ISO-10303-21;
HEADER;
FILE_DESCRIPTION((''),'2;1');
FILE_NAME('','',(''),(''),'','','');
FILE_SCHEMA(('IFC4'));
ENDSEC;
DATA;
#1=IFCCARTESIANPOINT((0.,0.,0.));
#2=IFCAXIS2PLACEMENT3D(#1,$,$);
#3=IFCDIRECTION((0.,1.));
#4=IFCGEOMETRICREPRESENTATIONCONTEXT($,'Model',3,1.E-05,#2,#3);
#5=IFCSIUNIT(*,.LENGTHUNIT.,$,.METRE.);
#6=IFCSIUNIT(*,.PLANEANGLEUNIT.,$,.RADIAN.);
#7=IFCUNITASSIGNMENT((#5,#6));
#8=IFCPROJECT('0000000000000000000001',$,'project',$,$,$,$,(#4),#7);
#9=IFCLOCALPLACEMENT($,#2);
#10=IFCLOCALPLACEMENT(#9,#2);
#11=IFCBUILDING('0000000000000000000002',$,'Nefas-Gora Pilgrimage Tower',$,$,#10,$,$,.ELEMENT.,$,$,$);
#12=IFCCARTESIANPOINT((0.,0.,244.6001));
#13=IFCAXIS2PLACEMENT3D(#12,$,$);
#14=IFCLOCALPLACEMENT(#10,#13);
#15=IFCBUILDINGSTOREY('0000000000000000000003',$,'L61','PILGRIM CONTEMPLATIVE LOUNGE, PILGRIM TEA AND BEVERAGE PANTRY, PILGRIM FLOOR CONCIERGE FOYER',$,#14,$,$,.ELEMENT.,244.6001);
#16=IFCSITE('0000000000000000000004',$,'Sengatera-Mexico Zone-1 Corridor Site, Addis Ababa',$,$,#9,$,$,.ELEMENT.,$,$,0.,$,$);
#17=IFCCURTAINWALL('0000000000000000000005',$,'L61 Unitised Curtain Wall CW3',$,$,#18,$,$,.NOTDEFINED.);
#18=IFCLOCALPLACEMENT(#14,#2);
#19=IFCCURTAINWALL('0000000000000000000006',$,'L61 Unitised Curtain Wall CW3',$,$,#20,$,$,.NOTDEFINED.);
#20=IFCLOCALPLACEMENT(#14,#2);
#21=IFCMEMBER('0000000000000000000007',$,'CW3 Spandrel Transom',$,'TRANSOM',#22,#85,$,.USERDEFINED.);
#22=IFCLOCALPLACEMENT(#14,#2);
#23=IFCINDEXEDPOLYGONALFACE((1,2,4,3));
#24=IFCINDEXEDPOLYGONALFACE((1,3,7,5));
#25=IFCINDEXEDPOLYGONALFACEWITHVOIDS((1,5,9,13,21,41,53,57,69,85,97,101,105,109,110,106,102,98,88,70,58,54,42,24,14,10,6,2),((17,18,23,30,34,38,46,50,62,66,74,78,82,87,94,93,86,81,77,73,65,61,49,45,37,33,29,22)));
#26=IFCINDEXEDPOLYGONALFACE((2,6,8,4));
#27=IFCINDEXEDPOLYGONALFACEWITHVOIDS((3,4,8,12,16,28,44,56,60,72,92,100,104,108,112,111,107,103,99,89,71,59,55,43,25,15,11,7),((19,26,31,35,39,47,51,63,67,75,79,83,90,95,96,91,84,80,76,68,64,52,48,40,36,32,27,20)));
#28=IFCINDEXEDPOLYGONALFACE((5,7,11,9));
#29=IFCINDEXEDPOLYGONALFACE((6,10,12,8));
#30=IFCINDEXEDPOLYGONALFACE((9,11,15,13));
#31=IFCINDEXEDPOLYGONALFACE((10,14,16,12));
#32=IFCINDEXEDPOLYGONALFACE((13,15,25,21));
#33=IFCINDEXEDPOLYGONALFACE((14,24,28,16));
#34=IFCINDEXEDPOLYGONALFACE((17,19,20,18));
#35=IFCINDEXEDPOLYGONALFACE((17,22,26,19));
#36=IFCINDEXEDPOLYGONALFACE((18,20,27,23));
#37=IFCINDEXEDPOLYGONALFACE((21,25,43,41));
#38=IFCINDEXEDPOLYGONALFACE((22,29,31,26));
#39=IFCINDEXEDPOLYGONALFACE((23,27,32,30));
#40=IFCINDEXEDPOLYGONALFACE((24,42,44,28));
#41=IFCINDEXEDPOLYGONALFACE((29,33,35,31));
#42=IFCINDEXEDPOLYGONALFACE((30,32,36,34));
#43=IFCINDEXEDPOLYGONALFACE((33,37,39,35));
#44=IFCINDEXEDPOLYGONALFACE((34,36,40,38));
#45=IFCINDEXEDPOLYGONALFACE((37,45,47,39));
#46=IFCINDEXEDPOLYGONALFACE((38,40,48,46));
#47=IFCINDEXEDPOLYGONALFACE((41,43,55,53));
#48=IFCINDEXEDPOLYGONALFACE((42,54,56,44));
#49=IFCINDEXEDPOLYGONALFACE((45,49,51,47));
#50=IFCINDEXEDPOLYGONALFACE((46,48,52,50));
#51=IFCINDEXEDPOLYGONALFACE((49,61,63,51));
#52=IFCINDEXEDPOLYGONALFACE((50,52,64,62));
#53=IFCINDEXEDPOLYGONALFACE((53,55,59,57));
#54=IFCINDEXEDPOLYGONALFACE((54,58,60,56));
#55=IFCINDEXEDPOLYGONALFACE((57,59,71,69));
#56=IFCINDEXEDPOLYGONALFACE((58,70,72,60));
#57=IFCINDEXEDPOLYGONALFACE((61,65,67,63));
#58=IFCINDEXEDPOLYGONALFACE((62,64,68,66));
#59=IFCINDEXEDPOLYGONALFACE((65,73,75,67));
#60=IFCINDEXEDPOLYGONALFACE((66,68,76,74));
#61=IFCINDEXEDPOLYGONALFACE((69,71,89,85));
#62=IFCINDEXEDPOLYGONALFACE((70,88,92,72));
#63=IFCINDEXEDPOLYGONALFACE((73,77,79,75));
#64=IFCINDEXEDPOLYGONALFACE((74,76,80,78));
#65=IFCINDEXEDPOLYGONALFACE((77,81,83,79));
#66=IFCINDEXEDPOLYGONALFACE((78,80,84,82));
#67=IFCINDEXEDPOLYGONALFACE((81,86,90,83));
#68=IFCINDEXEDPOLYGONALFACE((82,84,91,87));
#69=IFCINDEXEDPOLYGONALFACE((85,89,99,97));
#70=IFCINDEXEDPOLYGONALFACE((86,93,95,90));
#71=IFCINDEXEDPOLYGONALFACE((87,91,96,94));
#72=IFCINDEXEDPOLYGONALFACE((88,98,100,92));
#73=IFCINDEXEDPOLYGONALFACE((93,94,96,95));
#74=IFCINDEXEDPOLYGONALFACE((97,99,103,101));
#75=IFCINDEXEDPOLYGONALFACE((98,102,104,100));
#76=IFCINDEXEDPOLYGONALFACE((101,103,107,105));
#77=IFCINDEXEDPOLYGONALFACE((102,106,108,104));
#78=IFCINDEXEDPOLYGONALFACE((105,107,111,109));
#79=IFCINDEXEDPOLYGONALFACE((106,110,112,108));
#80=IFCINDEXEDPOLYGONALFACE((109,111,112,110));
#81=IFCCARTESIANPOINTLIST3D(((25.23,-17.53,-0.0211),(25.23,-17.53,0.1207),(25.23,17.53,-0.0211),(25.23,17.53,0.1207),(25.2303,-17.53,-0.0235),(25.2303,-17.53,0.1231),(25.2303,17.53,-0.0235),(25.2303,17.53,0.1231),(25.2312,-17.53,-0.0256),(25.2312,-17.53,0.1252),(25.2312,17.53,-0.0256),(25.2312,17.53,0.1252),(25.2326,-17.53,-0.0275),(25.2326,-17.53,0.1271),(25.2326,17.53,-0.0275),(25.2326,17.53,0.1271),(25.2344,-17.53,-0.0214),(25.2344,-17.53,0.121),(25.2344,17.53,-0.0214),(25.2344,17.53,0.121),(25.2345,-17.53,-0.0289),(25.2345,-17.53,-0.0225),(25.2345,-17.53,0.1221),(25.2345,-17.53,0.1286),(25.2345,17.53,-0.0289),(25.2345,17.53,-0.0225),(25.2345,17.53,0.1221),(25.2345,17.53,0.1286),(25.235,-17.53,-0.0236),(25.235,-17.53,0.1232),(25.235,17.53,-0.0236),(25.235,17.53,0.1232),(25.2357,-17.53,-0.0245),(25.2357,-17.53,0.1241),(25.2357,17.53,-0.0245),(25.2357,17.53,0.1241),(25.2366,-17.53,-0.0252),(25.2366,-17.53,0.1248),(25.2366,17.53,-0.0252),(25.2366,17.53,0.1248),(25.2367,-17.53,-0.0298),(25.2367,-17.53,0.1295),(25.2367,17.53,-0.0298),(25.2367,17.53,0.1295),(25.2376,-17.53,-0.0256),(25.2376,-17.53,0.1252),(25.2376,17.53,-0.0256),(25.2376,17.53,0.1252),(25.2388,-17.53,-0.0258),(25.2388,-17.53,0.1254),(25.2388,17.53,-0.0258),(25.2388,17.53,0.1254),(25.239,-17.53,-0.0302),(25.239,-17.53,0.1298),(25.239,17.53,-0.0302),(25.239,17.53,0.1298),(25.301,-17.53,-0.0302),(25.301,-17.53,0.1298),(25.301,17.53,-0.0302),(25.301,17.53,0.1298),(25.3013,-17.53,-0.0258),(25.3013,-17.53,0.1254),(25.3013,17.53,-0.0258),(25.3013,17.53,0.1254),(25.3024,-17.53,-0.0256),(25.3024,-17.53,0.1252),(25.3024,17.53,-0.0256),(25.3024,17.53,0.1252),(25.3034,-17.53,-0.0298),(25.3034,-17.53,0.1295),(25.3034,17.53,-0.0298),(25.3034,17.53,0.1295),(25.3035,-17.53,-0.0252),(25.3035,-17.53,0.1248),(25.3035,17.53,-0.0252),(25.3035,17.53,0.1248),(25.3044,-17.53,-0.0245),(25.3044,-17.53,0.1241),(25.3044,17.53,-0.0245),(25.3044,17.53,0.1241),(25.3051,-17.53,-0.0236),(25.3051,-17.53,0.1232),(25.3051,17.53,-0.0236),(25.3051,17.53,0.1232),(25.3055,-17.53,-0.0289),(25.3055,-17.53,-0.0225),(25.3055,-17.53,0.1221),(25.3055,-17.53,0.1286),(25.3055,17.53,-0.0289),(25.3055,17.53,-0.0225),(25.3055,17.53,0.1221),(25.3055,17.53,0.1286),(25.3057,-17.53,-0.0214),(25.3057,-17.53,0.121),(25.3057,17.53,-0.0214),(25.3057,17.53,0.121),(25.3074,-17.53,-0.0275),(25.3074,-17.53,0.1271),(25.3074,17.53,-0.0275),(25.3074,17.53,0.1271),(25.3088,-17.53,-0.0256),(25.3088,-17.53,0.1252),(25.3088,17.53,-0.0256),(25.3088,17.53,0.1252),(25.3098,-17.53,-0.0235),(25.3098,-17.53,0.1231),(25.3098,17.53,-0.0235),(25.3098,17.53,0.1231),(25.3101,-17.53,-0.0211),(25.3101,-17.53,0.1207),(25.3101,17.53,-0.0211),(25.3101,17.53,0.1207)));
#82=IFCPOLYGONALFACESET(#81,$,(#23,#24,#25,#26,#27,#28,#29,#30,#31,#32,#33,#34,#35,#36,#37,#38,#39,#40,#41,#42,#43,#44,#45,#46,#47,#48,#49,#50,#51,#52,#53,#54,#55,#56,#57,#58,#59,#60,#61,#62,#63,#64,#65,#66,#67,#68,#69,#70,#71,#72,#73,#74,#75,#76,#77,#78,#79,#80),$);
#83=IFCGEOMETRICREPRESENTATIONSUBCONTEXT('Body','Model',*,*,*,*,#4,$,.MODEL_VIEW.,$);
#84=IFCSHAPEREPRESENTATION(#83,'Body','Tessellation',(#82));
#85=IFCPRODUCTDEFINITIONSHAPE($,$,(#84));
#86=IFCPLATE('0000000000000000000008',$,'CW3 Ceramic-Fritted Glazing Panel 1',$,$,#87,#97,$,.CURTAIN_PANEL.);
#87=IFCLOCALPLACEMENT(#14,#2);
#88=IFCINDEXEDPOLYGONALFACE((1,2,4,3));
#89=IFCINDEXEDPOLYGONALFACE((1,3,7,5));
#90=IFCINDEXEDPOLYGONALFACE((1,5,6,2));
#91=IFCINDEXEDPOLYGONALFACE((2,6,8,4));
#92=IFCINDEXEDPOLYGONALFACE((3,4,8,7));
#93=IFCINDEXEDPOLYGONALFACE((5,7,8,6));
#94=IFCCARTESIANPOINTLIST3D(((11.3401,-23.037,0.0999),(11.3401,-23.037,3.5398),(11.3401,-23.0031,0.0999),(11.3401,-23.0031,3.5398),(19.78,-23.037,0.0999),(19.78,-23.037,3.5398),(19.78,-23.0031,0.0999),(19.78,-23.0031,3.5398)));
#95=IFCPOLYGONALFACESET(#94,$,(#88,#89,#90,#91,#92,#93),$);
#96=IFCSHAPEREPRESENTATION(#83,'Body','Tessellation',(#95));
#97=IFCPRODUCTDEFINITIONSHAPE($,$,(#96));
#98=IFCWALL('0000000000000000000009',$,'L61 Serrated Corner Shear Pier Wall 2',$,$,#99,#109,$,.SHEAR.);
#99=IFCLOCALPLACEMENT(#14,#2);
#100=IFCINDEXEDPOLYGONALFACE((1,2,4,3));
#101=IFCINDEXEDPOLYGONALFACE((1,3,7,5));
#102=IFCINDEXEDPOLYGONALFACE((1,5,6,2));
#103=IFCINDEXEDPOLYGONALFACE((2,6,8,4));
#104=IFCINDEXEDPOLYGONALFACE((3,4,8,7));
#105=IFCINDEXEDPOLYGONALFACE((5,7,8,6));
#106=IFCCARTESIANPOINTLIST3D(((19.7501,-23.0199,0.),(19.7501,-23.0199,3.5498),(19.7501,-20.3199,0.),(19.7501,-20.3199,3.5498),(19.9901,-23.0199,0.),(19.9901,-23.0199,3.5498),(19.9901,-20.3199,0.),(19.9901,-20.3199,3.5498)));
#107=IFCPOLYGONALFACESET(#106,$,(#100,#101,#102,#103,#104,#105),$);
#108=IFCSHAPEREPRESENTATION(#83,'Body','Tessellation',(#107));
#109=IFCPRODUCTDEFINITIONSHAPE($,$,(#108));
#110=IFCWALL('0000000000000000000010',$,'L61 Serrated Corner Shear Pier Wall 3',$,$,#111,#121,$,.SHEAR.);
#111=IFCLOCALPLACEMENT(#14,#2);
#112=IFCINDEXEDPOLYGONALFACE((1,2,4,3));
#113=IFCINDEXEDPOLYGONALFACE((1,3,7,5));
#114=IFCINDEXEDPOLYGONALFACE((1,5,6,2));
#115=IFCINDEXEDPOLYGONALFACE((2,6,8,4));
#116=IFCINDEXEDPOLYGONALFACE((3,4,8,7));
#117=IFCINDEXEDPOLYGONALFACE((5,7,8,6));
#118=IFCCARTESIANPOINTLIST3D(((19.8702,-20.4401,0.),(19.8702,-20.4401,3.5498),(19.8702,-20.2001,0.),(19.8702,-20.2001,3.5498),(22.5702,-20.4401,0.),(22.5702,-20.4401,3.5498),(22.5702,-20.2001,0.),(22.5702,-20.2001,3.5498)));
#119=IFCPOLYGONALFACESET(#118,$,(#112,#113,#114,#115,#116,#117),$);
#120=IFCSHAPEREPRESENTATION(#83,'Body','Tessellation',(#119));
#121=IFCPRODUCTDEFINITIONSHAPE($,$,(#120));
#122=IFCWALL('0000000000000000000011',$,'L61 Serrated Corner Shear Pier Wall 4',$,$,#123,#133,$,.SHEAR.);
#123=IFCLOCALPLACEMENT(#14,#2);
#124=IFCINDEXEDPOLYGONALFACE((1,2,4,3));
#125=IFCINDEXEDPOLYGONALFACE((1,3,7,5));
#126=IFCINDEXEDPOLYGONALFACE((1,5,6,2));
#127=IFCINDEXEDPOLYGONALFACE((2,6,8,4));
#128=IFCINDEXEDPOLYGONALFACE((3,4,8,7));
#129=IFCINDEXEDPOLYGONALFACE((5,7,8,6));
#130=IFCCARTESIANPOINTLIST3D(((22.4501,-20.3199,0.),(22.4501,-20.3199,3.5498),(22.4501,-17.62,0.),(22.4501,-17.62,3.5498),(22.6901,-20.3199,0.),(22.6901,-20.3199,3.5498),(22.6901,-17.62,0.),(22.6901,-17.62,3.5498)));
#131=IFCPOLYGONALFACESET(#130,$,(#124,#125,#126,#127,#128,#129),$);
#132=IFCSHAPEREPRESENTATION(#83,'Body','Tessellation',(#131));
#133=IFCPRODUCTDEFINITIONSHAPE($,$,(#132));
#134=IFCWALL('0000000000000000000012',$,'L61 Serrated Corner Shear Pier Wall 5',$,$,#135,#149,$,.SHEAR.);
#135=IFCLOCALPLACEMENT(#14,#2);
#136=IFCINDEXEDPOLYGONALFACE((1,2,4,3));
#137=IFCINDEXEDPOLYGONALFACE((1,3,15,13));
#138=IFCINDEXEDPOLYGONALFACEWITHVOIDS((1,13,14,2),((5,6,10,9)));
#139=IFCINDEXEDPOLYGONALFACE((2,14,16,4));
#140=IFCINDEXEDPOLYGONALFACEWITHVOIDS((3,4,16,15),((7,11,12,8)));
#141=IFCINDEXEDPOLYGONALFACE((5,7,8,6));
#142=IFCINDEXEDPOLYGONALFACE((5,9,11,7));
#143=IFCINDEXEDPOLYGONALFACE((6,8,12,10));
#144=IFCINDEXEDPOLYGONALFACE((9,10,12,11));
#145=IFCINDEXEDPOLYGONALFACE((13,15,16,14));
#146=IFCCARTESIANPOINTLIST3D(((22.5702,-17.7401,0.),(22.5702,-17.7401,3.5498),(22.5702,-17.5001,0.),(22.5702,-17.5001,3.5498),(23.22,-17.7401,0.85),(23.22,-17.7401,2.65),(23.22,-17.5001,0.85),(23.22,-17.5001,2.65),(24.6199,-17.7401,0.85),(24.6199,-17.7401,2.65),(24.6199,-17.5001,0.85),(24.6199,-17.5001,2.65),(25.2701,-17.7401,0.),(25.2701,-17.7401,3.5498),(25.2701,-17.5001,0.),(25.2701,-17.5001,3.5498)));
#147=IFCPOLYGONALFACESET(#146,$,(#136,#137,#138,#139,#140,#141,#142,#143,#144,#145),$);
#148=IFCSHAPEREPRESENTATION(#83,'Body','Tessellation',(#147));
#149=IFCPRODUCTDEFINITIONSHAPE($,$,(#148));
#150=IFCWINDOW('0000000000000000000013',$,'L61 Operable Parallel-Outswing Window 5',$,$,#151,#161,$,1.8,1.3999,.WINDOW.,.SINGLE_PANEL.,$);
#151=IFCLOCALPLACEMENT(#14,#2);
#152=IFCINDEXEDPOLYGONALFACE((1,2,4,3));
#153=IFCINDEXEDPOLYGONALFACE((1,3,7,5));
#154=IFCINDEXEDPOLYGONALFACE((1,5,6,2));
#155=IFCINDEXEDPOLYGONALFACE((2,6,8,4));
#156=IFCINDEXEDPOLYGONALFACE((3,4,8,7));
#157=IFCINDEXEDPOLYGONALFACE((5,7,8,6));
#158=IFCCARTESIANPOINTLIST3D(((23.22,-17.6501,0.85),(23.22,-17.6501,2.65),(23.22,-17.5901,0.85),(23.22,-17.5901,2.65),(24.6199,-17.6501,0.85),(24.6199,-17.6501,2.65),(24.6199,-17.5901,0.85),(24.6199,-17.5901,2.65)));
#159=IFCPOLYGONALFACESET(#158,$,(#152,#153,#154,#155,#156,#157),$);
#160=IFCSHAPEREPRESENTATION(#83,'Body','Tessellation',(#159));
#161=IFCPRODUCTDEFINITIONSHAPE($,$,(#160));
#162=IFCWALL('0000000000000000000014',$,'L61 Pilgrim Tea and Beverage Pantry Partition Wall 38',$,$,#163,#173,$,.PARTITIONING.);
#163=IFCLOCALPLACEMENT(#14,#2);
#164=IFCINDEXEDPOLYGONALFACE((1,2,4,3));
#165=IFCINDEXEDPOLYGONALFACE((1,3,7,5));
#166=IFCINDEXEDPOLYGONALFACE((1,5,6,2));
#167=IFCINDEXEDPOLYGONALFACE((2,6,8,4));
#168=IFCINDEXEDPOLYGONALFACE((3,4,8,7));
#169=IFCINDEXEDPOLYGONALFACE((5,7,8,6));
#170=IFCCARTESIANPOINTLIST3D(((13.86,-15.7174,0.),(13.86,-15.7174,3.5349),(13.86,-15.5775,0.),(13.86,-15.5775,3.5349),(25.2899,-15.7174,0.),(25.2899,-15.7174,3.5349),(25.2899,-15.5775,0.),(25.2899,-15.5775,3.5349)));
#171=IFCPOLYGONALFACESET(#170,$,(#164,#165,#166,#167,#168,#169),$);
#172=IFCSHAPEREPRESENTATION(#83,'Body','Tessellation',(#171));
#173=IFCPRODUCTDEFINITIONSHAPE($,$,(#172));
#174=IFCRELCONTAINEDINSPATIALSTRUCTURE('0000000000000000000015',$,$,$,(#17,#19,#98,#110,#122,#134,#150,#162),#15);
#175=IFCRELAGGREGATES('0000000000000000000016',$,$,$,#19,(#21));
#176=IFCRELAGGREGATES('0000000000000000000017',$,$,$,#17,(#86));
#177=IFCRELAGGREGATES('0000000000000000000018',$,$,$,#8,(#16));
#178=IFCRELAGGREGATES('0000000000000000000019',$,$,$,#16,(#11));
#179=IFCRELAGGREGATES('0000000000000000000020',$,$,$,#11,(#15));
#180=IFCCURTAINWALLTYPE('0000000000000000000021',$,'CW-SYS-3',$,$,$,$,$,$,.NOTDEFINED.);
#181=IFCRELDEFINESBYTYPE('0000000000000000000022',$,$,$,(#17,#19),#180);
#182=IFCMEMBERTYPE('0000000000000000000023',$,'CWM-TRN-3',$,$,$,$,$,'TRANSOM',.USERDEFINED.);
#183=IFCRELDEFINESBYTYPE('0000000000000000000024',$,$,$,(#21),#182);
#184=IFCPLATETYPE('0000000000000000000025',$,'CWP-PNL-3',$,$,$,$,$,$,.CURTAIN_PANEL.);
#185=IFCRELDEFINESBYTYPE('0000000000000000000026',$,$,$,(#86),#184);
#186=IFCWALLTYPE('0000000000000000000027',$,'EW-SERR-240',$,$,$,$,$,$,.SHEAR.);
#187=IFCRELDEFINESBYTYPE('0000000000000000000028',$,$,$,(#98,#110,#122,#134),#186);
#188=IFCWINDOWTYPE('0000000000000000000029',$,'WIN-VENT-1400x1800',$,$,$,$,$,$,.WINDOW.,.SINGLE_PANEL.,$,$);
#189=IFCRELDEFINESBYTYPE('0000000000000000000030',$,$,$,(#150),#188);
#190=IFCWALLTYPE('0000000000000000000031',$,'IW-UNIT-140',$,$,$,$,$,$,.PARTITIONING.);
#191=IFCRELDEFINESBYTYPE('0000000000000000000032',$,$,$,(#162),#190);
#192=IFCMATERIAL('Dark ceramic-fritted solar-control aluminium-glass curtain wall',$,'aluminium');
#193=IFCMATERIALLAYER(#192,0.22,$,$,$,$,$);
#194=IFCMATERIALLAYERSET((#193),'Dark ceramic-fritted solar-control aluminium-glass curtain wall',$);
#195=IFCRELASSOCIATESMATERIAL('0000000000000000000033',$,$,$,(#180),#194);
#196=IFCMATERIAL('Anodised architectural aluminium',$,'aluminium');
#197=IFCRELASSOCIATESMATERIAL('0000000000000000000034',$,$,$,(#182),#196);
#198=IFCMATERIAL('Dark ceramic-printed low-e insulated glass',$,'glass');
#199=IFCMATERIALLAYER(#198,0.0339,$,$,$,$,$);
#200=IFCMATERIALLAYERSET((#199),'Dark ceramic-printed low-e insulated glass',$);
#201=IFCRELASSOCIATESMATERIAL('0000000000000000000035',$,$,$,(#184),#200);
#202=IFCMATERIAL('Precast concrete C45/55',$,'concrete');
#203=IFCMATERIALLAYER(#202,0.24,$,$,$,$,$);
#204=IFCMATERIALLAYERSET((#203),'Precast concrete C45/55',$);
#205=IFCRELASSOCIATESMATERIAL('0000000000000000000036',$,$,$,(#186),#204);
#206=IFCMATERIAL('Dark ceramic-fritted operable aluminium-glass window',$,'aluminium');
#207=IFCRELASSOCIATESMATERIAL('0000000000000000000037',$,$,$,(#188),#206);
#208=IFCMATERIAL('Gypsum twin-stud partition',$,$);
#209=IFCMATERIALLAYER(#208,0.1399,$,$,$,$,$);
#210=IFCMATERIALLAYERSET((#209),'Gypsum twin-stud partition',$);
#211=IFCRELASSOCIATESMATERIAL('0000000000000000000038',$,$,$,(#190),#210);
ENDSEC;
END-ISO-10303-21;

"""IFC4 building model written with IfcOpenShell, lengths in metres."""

from ifc_helpers import new_model, si_unit, direction, frame, frame_2d, origin, origin_2d, place, context, subcontext, project, spatial, rectangle, hollow_rectangle, extrude, source, transform, mapped, material, layer, layer_set, material_profile, profile_set, type_object, element, fill, aggregate, save


model = new_model("IFC4")

# Units and contexts
model_context = context("Model", 3, precision=1e-05, world=origin(), true_north=direction((0.0, 1.0)))
body_context = subcontext(model_context, "Body", "Model", "MODEL_VIEW")
ifc_project = project(units=[si_unit("LENGTHUNIT", "METRE"), si_unit("PLANEANGLEUNIT", "RADIAN")], contexts=[model_context])

# Site, building, storey
site_placement = place(None, origin())
site = spatial("IfcSite", under=ifc_project, at=site_placement, Name="Sengatera-Mexico Zone-1 Corridor Site, Addis Ababa", CompositionType="ELEMENT", RefElevation=0.0)
building_placement = place(site_placement, origin())
building = spatial("IfcBuilding", under=site, at=building_placement, Name="Nefas-Gora Pilgrimage Tower", CompositionType="ELEMENT")
storey_placement = place(building_placement, frame((0.0, 0.0, 244.6001)))
storey = spatial("IfcBuildingStorey", under=building, at=storey_placement, Name="L61", Description="PILGRIM CONTEMPLATIVE LOUNGE, PILGRIM TEA AND BEVERAGE PANTRY, PILGRIM FLOOR CONCIERGE FOYER", CompositionType="ELEMENT", Elevation=244.6001)

# Curtain walls, member
ifc_material_1 = material(Name="Dark ceramic-fritted solar-control aluminium-glass curtain wall", Category="aluminium")
ifc_layer_1 = layer(ifc_material_1, 0.22)
ifc_layer_set_1 = layer_set([ifc_layer_1], Name="Dark ceramic-fritted solar-control aluminium-glass curtain wall")
curtain_wall_type = type_object("IfcCurtainWallType", Name="CW-SYS-3", PredefinedType="NOTDEFINED", material=ifc_layer_set_1)
curtain_wall_1_placement = place(storey_placement, origin())
curtain_wall_1 = element("IfcCurtainWall", 1, at=curtain_wall_1_placement, inside=storey, type_object=curtain_wall_type, Name="L61 Unitised Curtain Wall CW3", PredefinedType="NOTDEFINED")
ifc_material_2 = material(Name="Anodised architectural aluminium", Category="aluminium")
ifc_material_profile_1 = material_profile(ifc_material_2, hollow_rectangle(XDim=0.0801, YDim=0.1599, WallThickness=0.0044, InnerFilletRadius=0.0044, OuterFilletRadius=0.009, at=origin_2d()), Name="ALU TRANSOM 80x160")
ifc_profile_set_1 = profile_set([ifc_material_profile_1], Name="Anodised architectural aluminium")
member_type_1 = type_object("IfcMemberType", Name="CWM-TRN-3", ElementType="TRANSOM", PredefinedType="USERDEFINED", material=ifc_profile_set_1)
curtain_wall_2_placement = place(storey_placement, origin())
curtain_wall_2 = element("IfcCurtainWall", 2, at=curtain_wall_2_placement, inside=storey, type_object=curtain_wall_type, Name="L61 Unitised Curtain Wall CW3", PredefinedType="NOTDEFINED")
shared_shape_1 = source(origin(), body_context, "Body", "SweptSolid", [
    extrude(hollow_rectangle(XDim=0.0801, YDim=0.1599, WallThickness=0.0044, InnerFilletRadius=0.0044, OuterFilletRadius=0.009, at=origin_2d()), origin(), (0.0, 0.0, 1.0), 35.0601),
])
member_1_placement = place(storey_placement, frame((25.27, -17.53, 0.0498), z_axis=(0.0, 1.0, 0.0), x_axis=(-1.0, 0.0, 0.0)))
member_1 = element("IfcMember", 3, at=member_1_placement, type_object=member_type_1, Name="CW3 Spandrel Transom", ObjectType="TRANSOM", PredefinedType="USERDEFINED", context=body_context, shape_type="MappedRepresentation", body=[
    mapped(shared_shape_1, transform((0.0, 0.0, 0.0), x_axis=(1.0, 0.0, 0.0), y_axis=(0.0, 1.0, 0.0), z_axis=(0.0, 0.0, 1.0), scale=1.0)),
])
aggregate(curtain_wall_2, [member_1])

# Plate
ifc_material_3 = material(Name="Dark ceramic-printed low-e insulated glass", Category="glass")
ifc_layer_2 = layer(ifc_material_3, 0.0339)
ifc_layer_set_2 = layer_set([ifc_layer_2], Name="Dark ceramic-printed low-e insulated glass")
plate_type = type_object("IfcPlateType", Name="CWP-PNL-3", PredefinedType="CURTAIN_PANEL", material=ifc_layer_set_2)
shared_shape_2 = source(origin(), body_context, "Body", "SweptSolid", [
    extrude(rectangle(XDim=8.4399, YDim=0.0339, at=origin_2d()), origin(), (0.0, 0.0, 1.0), 3.4399),
])
plate_placement = place(storey_placement, frame((15.5601, -23.02, 0.0999), z_axis=(0.0, 0.0, 1.0), x_axis=(1.0, 0.0, 0.0)))
plate = element("IfcPlate", 4, at=plate_placement, type_object=plate_type, Name="CW3 Ceramic-Fritted Glazing Panel 1", PredefinedType="CURTAIN_PANEL", context=body_context, shape_type="MappedRepresentation", body=[
    mapped(shared_shape_2, transform((0.0, 0.0, 0.0), x_axis=(1.0, 0.0, 0.0), y_axis=(0.0, 1.0, 0.0), z_axis=(0.0, 0.0, 1.0), scale=1.0)),
])
aggregate(curtain_wall_1, [plate])

# Walls
ifc_material_4 = material(Name="Precast concrete C45/55", Category="concrete")
ifc_layer_3 = layer(ifc_material_4, 0.24)
ifc_layer_set_3 = layer_set([ifc_layer_3], Name="Precast concrete C45/55")
wall_type_1 = type_object("IfcWallType", Name="EW-SERR-240", PredefinedType="SHEAR", material=ifc_layer_set_3)
shared_shape_3 = source(origin(), body_context, "Body", "SweptSolid", [
    extrude(rectangle(XDim=2.7, YDim=0.24, at=frame_2d((1.3501, 0.0))), origin(), (0.0, 0.0, 1.0), 3.5498),
])
for number, where, z_axis, x_axis, name in (
    (5, (19.8701, -23.02, 0.0), (0.0, 0.0, 1.0), (0.0, 1.0, 0.0), "L61 Serrated Corner Shear Pier Wall 2"),
    (6, (19.8701, -20.3201, 0.0), (0.0, 0.0, 1.0), (1.0, 0.0, 0.0), "L61 Serrated Corner Shear Pier Wall 3"),
    (7, (22.5701, -20.3201, 0.0), (0.0, 0.0, 1.0), (0.0, 1.0, 0.0), "L61 Serrated Corner Shear Pier Wall 4"),
):
    element("IfcWall", number, at=place(storey_placement, frame(where, z_axis=z_axis, x_axis=x_axis)), inside=storey, type_object=wall_type_1, Name=name, PredefinedType="SHEAR", context=body_context, shape_type="MappedRepresentation", body=[
        mapped(shared_shape_3, transform((0.0, 0.0, 0.0), x_axis=(1.0, 0.0, 0.0), y_axis=(0.0, 1.0, 0.0), z_axis=(0.0, 0.0, 1.0), scale=1.0)),
    ])

# Wall, opening, window
wall_1_placement = place(storey_placement, frame((22.5701, -17.6201, 0.0), z_axis=(0.0, 0.0, 1.0), x_axis=(1.0, 0.0, 0.0)))
wall_1 = element("IfcWall", 8, at=wall_1_placement, inside=storey, type_object=wall_type_1, Name="L61 Serrated Corner Shear Pier Wall 5", PredefinedType="SHEAR", context=body_context, shape_type="MappedRepresentation", body=[
    mapped(shared_shape_3, transform((0.0, 0.0, 0.0), x_axis=(1.0, 0.0, 0.0), y_axis=(0.0, 1.0, 0.0), z_axis=(0.0, 0.0, 1.0), scale=1.0)),
])
opening_1_placement = place(wall_1_placement, frame((0.6499, 0.0, 0.8501)))
opening_1 = element("IfcOpeningElement", 9, at=opening_1_placement, cuts=wall_1, PredefinedType="OPENING", context=body_context, shape_type="SweptSolid", body=[
    extrude(rectangle(XDim=1.3999, YDim=1.8, at=frame_2d((0.7, 0.8999))), frame((0.0, 0.1299, 0.0), z_axis=(0.0, -1.0, 0.0), x_axis=(1.0, 0.0, 0.0)), (0.0, 0.0, 1.0), 0.26),
])
ifc_material_5 = material(Name="Dark ceramic-fritted operable aluminium-glass window", Category="aluminium")
window_type = type_object("IfcWindowType", Name="WIN-VENT-1400x1800", PartitioningType="SINGLE_PANEL", PredefinedType="WINDOW", material=ifc_material_5)
shared_shape_4 = source(origin(), body_context, "Body", "SweptSolid", [
    extrude(rectangle(XDim=1.3999, YDim=1.8, at=frame_2d((0.7, 0.8999))), frame((0.0, 0.03, 0.0), z_axis=(0.0, -1.0, 0.0), x_axis=(1.0, 0.0, 0.0)), (0.0, 0.0, 1.0), 0.0601),
])
window_placement = place(opening_1_placement, origin())
window = element("IfcWindow", 10, at=window_placement, inside=storey, type_object=window_type, Name="L61 Operable Parallel-Outswing Window 5", OverallHeight=1.8, OverallWidth=1.3999, PartitioningType="SINGLE_PANEL", PredefinedType="WINDOW", context=body_context, shape_type="MappedRepresentation", body=[
    mapped(shared_shape_4, transform((0.0, 0.0, 0.0), x_axis=(1.0, 0.0, 0.0), y_axis=(0.0, 1.0, 0.0), z_axis=(0.0, 0.0, 1.0), scale=1.0)),
])
fill(opening_1, window)

# Wall
ifc_material_6 = material(Name="Gypsum twin-stud partition")
ifc_layer_4 = layer(ifc_material_6, 0.1399)
ifc_layer_set_4 = layer_set([ifc_layer_4], Name="Gypsum twin-stud partition")
wall_type_2 = type_object("IfcWallType", Name="IW-UNIT-140", PredefinedType="PARTITIONING", material=ifc_layer_set_4)
shared_shape_5 = source(origin(), body_context, "Body", "SweptSolid", [
    extrude(rectangle(XDim=11.4299, YDim=0.1399, at=frame_2d((5.7148, 0.0))), origin(), (0.0, 0.0, 1.0), 3.5349),
])
wall_2_placement = place(storey_placement, frame((13.8601, -15.6475, 0.0), z_axis=(0.0, 0.0, 1.0), x_axis=(1.0, 0.0, 0.0)))
element("IfcWall", 11, at=wall_2_placement, inside=storey, type_object=wall_type_2, Name="L61 Pilgrim Tea and Beverage Pantry Partition Wall 38", PredefinedType="PARTITIONING", context=body_context, shape_type="MappedRepresentation", body=[
    mapped(shared_shape_5, transform((0.0, 0.0, 0.0), x_axis=(1.0, 0.0, 0.0), y_axis=(0.0, 1.0, 0.0), z_axis=(0.0, 0.0, 1.0), scale=1.0)),
])

save(model, "model.ifc")
